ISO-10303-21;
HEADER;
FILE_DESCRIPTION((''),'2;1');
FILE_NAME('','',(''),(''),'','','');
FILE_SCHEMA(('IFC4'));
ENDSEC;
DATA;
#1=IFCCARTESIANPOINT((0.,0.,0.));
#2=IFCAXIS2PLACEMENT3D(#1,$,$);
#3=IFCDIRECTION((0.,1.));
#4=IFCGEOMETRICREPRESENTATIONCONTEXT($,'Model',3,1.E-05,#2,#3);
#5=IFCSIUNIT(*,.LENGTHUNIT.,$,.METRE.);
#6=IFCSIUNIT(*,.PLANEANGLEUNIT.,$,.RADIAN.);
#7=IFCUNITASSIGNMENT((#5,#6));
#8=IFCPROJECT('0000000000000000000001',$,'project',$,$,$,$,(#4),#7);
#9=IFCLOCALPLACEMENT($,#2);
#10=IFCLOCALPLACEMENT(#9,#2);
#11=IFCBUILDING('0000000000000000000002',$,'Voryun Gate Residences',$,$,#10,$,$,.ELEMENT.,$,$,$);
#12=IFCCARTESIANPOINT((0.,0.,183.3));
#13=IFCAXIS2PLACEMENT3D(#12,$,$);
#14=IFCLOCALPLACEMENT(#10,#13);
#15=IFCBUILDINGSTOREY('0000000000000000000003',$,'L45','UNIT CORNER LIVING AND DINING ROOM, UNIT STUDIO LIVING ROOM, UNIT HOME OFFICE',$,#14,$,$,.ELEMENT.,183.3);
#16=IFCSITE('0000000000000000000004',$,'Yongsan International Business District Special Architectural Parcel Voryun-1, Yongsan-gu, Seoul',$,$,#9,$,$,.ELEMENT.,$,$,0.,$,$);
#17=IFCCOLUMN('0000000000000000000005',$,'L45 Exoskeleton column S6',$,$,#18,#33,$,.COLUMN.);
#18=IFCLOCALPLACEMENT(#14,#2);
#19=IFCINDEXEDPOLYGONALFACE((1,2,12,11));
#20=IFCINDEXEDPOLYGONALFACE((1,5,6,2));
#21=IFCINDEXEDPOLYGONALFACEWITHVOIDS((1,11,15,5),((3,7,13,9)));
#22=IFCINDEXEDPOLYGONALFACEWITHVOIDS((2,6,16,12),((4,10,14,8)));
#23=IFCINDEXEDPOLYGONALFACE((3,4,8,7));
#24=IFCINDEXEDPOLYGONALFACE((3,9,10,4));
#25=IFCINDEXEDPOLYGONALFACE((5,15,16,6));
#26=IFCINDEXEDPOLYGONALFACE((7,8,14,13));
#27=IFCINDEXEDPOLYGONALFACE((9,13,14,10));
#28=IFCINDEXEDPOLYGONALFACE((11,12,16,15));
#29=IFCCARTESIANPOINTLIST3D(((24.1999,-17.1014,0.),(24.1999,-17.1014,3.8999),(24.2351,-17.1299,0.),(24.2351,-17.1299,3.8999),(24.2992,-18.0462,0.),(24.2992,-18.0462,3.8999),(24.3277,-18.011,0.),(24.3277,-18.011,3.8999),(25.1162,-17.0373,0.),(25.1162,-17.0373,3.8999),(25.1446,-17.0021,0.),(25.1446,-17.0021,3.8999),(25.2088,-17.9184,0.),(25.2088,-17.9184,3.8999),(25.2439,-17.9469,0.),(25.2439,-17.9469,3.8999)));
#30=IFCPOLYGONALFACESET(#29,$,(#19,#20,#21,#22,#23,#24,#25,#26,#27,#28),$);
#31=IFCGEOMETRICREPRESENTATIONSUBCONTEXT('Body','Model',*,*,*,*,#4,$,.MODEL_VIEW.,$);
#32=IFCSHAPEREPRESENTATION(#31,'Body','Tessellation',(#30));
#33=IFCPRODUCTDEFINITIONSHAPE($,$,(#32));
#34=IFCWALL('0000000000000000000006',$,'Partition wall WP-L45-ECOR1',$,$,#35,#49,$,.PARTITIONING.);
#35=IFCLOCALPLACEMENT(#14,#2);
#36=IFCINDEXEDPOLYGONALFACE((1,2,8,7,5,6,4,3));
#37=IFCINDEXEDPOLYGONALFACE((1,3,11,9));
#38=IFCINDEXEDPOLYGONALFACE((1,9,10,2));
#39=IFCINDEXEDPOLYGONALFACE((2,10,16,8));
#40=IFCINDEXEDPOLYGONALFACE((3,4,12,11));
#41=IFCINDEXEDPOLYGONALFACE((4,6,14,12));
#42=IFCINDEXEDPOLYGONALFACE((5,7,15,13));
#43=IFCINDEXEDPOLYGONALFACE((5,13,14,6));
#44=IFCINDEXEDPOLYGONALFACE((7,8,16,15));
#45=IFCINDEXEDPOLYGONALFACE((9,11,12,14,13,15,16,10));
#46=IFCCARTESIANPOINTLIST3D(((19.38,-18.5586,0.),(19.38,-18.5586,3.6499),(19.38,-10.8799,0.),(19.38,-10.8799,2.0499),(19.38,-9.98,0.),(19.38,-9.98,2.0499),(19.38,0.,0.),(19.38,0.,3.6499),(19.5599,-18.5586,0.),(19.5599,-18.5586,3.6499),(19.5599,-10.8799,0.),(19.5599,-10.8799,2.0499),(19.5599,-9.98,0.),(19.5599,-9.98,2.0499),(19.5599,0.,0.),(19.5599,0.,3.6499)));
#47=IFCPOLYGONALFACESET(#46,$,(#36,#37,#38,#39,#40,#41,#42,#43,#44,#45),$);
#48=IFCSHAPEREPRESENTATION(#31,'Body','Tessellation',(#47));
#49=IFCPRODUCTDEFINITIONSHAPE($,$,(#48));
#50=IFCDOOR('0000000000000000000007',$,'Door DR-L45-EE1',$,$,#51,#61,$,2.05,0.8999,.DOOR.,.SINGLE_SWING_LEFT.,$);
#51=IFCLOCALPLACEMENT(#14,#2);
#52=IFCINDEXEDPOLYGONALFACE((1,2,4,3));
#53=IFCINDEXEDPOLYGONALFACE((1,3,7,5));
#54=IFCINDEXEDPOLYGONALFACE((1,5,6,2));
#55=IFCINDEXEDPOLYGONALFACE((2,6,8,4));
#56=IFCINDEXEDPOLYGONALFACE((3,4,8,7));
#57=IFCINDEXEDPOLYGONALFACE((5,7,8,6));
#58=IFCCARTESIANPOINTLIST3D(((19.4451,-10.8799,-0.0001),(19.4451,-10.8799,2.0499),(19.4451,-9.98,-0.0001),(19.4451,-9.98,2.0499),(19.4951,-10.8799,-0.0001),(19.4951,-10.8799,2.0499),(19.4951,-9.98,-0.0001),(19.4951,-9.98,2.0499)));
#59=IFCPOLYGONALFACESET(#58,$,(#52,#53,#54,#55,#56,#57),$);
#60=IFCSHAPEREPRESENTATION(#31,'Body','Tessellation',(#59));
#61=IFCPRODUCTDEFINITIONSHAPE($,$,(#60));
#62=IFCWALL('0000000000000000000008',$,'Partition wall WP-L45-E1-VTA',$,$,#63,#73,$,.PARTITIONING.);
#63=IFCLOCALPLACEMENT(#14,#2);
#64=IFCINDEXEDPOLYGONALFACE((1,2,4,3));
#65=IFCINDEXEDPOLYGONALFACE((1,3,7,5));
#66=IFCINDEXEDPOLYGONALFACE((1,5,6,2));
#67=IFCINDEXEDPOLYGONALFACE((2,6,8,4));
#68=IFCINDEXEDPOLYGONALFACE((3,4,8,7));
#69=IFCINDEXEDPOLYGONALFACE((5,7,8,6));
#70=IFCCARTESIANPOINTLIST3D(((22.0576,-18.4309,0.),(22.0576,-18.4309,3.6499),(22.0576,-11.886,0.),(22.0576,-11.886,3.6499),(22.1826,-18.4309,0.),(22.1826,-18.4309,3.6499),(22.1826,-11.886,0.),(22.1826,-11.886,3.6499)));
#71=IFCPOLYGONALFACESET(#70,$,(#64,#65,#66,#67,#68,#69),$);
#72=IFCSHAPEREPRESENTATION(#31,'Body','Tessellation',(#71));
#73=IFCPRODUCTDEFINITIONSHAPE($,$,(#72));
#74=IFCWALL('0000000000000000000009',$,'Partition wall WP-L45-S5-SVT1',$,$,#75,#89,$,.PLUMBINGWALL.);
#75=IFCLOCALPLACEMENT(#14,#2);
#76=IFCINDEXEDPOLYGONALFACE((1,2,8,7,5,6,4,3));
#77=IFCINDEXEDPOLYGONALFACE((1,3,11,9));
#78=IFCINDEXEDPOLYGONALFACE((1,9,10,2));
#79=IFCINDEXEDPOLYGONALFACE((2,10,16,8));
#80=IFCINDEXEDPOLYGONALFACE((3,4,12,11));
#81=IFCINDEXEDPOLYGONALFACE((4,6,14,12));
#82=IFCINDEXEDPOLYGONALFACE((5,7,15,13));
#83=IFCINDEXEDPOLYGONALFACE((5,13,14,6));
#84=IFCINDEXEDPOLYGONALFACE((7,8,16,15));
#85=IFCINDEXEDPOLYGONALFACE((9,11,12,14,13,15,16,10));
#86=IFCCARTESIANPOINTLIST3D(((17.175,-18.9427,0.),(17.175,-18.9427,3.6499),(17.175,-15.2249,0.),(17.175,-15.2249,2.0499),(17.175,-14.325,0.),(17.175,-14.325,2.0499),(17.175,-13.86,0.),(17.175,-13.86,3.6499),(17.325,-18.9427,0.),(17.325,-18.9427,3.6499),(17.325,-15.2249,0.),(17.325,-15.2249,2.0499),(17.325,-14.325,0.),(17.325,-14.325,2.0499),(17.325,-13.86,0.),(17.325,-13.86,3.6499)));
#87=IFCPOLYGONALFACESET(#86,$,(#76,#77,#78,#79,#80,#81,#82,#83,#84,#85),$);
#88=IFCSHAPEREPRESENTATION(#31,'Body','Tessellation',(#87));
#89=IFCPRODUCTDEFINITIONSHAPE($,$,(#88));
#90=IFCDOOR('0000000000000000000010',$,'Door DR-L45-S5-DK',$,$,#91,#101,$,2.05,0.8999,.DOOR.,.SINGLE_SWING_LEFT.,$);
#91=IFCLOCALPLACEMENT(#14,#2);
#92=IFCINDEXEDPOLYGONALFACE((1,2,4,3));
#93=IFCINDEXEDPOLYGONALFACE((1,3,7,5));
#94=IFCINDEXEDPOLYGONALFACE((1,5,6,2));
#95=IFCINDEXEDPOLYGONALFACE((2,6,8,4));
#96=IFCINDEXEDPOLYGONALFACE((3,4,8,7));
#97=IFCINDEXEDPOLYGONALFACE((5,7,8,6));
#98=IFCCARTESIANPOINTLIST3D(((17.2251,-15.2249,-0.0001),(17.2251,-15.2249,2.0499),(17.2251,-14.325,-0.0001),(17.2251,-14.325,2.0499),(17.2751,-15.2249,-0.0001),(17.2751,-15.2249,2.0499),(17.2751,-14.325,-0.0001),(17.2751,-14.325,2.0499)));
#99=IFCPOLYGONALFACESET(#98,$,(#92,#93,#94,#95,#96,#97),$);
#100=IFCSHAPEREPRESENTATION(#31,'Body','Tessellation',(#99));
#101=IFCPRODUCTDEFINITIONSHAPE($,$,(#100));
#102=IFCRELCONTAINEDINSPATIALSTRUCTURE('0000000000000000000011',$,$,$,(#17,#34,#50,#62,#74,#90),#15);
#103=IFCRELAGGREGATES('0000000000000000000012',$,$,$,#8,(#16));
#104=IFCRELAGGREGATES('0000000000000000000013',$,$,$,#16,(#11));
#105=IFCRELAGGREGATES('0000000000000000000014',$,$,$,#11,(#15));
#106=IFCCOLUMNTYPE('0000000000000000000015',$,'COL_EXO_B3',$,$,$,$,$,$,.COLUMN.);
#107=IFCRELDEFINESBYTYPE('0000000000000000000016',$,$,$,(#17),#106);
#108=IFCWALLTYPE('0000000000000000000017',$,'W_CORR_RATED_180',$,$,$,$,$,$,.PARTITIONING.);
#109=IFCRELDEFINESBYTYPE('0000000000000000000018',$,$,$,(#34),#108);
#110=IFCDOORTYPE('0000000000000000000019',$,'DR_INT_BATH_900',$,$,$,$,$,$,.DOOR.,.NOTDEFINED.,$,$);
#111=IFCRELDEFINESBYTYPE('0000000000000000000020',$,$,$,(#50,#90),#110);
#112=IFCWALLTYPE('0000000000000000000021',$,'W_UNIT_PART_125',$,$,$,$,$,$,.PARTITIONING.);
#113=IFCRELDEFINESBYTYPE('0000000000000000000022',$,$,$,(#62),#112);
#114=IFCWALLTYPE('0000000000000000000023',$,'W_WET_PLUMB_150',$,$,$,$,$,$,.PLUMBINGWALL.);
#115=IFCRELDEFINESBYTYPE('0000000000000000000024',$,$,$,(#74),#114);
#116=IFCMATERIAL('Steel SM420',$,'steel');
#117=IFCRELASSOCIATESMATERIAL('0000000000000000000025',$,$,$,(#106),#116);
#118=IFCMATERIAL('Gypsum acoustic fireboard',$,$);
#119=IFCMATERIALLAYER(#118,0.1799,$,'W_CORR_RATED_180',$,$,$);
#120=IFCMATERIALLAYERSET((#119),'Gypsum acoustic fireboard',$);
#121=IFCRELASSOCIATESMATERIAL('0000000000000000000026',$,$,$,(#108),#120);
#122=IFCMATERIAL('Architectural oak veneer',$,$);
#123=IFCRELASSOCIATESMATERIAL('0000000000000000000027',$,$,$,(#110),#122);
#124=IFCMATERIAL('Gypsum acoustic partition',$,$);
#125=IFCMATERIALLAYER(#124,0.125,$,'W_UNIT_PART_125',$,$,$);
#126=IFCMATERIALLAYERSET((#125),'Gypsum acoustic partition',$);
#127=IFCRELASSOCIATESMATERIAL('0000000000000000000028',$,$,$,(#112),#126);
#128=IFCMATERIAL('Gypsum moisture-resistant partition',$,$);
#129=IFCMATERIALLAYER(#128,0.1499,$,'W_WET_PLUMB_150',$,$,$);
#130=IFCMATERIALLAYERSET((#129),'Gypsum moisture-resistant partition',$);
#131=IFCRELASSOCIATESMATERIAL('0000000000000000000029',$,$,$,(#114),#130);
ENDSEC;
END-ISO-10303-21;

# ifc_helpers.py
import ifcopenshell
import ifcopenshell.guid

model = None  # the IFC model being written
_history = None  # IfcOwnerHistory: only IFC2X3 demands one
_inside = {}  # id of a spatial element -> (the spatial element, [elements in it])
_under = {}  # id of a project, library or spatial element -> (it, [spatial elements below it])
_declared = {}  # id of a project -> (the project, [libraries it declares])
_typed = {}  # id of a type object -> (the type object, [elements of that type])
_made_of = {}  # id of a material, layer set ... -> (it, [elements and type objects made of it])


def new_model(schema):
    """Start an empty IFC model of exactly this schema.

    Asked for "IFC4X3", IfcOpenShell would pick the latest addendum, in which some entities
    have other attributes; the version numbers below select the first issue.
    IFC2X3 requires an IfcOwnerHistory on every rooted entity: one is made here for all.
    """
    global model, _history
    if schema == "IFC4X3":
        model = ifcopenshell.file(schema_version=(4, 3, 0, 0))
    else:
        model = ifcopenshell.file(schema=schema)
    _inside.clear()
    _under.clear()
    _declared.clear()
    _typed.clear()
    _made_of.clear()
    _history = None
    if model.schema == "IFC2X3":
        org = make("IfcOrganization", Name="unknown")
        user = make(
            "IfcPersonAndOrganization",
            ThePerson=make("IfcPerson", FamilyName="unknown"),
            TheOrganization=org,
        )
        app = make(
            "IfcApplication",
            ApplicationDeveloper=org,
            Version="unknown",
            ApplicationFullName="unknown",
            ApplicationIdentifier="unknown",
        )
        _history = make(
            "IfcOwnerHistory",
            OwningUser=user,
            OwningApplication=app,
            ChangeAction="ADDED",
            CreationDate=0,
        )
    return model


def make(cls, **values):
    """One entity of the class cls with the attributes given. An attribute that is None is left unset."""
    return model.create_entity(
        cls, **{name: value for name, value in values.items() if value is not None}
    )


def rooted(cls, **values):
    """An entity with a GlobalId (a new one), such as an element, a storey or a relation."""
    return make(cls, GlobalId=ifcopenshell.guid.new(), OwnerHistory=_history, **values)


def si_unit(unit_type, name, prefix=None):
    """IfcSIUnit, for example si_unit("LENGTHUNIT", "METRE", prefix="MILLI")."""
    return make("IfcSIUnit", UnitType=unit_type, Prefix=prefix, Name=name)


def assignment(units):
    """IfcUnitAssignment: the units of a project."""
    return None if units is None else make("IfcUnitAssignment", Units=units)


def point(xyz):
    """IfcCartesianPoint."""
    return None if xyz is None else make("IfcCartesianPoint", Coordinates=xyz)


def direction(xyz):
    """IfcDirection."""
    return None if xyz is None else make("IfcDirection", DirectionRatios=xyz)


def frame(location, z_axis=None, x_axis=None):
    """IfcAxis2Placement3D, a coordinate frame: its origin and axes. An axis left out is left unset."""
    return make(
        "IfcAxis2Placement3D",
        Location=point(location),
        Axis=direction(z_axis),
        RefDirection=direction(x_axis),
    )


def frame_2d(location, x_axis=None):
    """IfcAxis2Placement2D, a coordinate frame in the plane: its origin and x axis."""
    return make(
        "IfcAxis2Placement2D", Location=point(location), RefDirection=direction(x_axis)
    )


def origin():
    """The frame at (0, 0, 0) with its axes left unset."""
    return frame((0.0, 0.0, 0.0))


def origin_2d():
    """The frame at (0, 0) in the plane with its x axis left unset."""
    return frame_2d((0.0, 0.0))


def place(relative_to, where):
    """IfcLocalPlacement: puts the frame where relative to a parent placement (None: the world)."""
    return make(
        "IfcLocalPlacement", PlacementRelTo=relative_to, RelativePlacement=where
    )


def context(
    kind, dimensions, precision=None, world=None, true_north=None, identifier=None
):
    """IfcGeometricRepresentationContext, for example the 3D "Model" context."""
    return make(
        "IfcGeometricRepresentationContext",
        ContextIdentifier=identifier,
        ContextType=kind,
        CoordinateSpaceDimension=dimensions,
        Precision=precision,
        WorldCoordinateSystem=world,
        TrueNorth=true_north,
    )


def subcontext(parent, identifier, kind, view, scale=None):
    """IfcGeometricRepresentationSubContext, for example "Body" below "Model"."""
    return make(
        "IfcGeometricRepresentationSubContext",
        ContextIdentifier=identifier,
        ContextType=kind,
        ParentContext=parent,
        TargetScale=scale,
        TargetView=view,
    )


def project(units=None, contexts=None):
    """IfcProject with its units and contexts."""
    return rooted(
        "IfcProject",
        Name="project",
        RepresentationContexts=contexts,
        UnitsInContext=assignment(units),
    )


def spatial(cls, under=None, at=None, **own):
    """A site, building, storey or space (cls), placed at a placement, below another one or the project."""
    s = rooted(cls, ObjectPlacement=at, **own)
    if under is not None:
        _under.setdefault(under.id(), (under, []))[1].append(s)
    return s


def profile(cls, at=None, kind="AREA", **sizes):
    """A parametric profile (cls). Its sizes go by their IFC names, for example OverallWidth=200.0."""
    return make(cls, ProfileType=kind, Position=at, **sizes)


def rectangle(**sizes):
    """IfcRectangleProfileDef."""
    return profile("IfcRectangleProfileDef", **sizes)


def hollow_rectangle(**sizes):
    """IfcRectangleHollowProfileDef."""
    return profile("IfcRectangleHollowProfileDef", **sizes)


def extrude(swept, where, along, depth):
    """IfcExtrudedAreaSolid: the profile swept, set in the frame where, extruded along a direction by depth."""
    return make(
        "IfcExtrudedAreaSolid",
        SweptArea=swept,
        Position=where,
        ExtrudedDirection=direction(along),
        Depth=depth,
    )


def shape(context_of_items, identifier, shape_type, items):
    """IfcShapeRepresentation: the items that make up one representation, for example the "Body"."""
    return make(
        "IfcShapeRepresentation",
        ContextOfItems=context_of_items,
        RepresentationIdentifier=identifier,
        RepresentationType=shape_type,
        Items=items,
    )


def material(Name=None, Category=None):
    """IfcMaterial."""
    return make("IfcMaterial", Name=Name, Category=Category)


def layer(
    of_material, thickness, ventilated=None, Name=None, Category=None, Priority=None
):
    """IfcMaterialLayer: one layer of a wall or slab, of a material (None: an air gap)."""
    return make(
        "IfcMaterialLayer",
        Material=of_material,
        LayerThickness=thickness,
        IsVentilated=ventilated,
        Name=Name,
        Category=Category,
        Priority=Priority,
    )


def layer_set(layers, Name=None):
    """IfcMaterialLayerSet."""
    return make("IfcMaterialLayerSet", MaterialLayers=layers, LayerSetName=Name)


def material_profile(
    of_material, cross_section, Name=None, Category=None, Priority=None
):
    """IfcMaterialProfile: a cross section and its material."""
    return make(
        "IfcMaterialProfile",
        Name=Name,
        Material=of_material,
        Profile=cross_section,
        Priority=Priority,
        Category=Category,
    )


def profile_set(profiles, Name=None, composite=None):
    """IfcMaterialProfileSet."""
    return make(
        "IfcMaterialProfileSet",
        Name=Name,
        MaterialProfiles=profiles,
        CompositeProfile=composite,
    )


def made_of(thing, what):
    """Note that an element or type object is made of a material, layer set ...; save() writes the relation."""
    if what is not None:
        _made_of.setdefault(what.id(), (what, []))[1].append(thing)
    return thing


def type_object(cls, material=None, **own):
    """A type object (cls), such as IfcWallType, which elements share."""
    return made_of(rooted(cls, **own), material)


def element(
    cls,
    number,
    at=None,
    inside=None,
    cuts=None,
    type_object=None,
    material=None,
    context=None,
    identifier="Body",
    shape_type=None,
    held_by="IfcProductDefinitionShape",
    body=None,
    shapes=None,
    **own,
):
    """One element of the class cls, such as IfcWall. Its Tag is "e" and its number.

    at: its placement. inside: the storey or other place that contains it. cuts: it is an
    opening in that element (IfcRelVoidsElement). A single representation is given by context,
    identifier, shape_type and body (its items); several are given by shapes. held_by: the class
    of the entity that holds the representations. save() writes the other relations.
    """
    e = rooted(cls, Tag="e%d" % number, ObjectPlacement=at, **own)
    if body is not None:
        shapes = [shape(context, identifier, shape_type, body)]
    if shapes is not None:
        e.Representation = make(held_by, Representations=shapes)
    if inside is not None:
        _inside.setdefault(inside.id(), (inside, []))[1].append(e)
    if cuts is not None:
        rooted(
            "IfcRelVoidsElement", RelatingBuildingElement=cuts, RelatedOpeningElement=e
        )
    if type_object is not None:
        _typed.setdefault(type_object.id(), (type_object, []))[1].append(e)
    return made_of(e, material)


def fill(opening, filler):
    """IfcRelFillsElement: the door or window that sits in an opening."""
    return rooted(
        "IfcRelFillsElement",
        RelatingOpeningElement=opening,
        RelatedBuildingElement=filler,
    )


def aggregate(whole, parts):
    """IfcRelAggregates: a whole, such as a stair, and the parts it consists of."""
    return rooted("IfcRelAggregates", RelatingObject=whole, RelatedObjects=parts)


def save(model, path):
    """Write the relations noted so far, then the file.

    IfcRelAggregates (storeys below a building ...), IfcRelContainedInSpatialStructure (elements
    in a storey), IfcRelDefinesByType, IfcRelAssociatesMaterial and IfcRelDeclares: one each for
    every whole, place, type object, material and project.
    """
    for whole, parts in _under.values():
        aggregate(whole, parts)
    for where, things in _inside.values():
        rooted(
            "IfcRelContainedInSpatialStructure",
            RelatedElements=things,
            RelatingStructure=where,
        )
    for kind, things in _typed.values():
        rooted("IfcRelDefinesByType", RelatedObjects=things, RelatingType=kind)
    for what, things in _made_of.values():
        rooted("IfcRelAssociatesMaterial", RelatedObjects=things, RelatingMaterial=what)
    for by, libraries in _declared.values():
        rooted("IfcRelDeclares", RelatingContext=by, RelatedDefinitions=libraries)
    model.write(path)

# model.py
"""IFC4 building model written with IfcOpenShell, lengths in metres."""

from ifc_helpers import new_model, si_unit, direction, frame, frame_2d, origin, origin_2d, place, context, subcontext, project, spatial, rectangle, hollow_rectangle, extrude, material, layer, layer_set, material_profile, profile_set, type_object, element, fill, save


model = new_model("IFC4")

# Units and contexts
model_context = context("Model", 3, precision=1e-05, world=origin(), true_north=direction((0.0, 1.0)))
body_context = subcontext(model_context, "Body", "Model", "MODEL_VIEW")
ifc_project = project(units=[si_unit("LENGTHUNIT", "METRE"), si_unit("PLANEANGLEUNIT", "RADIAN")], contexts=[model_context])

# Site, building, storey
site_placement = place(None, origin())
site = spatial("IfcSite", under=ifc_project, at=site_placement, Name="Yongsan International Business District Special Architectural Parcel Voryun-1, Yongsan-gu, Seoul", CompositionType="ELEMENT", RefElevation=0.0)
building_placement = place(site_placement, origin())
building = spatial("IfcBuilding", under=site, at=building_placement, Name="Voryun Gate Residences", CompositionType="ELEMENT")
storey_placement = place(building_placement, frame((0.0, 0.0, 183.3)))
storey = spatial("IfcBuildingStorey", under=building, at=storey_placement, Name="L45", Description="UNIT CORNER LIVING AND DINING ROOM, UNIT STUDIO LIVING ROOM, UNIT HOME OFFICE", CompositionType="ELEMENT", Elevation=183.3)

# Column
ifc_material_1 = material(Name="Steel SM420", Category="steel")
ifc_material_profile = material_profile(ifc_material_1, hollow_rectangle(XDim=0.95, YDim=0.95, WallThickness=0.032, at=origin_2d()), Name="BOX-950x950x32")
ifc_profile_set = profile_set([ifc_material_profile], Name="Steel SM420")
column_type = type_object("IfcColumnType", Name="COL_EXO_B3", PredefinedType="COLUMN", material=ifc_profile_set)
column_placement = place(storey_placement, frame((24.7219, -17.5242, 0.0), z_axis=(0.0, 0.0, 1.0), x_axis=(0.994522, 0.104528, 0.0)))
element("IfcColumn", 1, at=column_placement, inside=storey, type_object=column_type, Name="L45 Exoskeleton column S6", PredefinedType="COLUMN", context=body_context, shape_type="SweptSolid", body=[
    extrude(hollow_rectangle(XDim=0.95, YDim=0.95, WallThickness=0.032, at=origin_2d()), origin(), (0.0, 0.0, 1.0), 3.8999),
])

# Wall, opening, door
ifc_material_2 = material(Name="Gypsum acoustic fireboard")
ifc_layer_1 = layer(ifc_material_2, 0.1799, Name="W_CORR_RATED_180")
ifc_layer_set_1 = layer_set([ifc_layer_1], Name="Gypsum acoustic fireboard")
wall_type_1 = type_object("IfcWallType", Name="W_CORR_RATED_180", PredefinedType="PARTITIONING", material=ifc_layer_set_1)
wall_1_placement = place(storey_placement, frame((19.47, -18.5586, 0.0), z_axis=(0.0, 0.0, 1.0), x_axis=(0.0, 1.0, 0.0)))
wall_1 = element("IfcWall", 2, at=wall_1_placement, inside=storey, type_object=wall_type_1, Name="Partition wall WP-L45-ECOR1", PredefinedType="PARTITIONING", context=body_context, shape_type="SweptSolid", body=[
    extrude(rectangle(XDim=18.5586, YDim=0.1799, at=frame_2d((9.2793, 0.0))), origin(), (0.0, 0.0, 1.0), 3.6499),
])
opening_1_placement = place(wall_1_placement, frame((7.6787, 0.0, 0.0)))
opening_1 = element("IfcOpeningElement", 3, at=opening_1_placement, cuts=wall_1, PredefinedType="OPENING", context=body_context, shape_type="SweptSolid", body=[
    extrude(rectangle(XDim=0.8999, YDim=2.05, at=frame_2d((0.45, 1.0249))), frame((0.0, 0.0999, 0.0), z_axis=(0.0, -1.0, 0.0), x_axis=(1.0, 0.0, 0.0)), (0.0, 0.0, 1.0), 0.2),
])
ifc_material_3 = material(Name="Architectural oak veneer")
door_type = type_object("IfcDoorType", Name="DR_INT_BATH_900", OperationType="NOTDEFINED", PredefinedType="DOOR", material=ifc_material_3)
door_1_placement = place(opening_1_placement, origin())
door_1 = element("IfcDoor", 4, at=door_1_placement, inside=storey, type_object=door_type, Name="Door DR-L45-EE1", OperationType="SINGLE_SWING_LEFT", OverallHeight=2.05, OverallWidth=0.8999, PredefinedType="DOOR", context=body_context, shape_type="SweptSolid", body=[
    extrude(rectangle(XDim=0.8999, YDim=2.05, at=frame_2d((0.45, 1.0249))), frame((0.0, 0.0249, 0.0), z_axis=(0.0, -1.0, 0.0), x_axis=(1.0, 0.0, 0.0)), (0.0, 0.0, 1.0), 0.05),
])
fill(opening_1, door_1)

# Wall
ifc_material_4 = material(Name="Gypsum acoustic partition")
ifc_layer_2 = layer(ifc_material_4, 0.125, Name="W_UNIT_PART_125")
ifc_layer_set_2 = layer_set([ifc_layer_2], Name="Gypsum acoustic partition")
wall_type_2 = type_object("IfcWallType", Name="W_UNIT_PART_125", PredefinedType="PARTITIONING", material=ifc_layer_set_2)
wall_2_placement = place(storey_placement, frame((22.1201, -18.4309, 0.0), z_axis=(0.0, 0.0, 1.0), x_axis=(0.0, 1.0, 0.0)))
element("IfcWall", 5, at=wall_2_placement, inside=storey, type_object=wall_type_2, Name="Partition wall WP-L45-E1-VTA", PredefinedType="PARTITIONING", context=body_context, shape_type="SweptSolid", body=[
    extrude(rectangle(XDim=6.5449, YDim=0.125, at=frame_2d((3.2725, 0.0))), origin(), (0.0, 0.0, 1.0), 3.6499),
])

# Wall, opening, door
ifc_material_5 = material(Name="Gypsum moisture-resistant partition")
ifc_layer_3 = layer(ifc_material_5, 0.1499, Name="W_WET_PLUMB_150")
ifc_layer_set_3 = layer_set([ifc_layer_3], Name="Gypsum moisture-resistant partition")
wall_type_3 = type_object("IfcWallType", Name="W_WET_PLUMB_150", PredefinedType="PLUMBINGWALL", material=ifc_layer_set_3)
wall_3_placement = place(storey_placement, frame((17.25, -18.9429, 0.0), z_axis=(0.0, 0.0, 1.0), x_axis=(0.0, 1.0, 0.0)))
wall_3 = element("IfcWall", 6, at=wall_3_placement, inside=storey, type_object=wall_type_3, Name="Partition wall WP-L45-S5-SVT1", PredefinedType="PLUMBINGWALL", context=body_context, shape_type="SweptSolid", body=[
    extrude(rectangle(XDim=5.0828, YDim=0.1499, at=frame_2d((2.5415, 0.0))), origin(), (0.0, 0.0, 1.0), 3.6499),
])
opening_2_placement = place(wall_3_placement, frame((3.718, 0.0, 0.0)))
opening_2 = element("IfcOpeningElement", 7, at=opening_2_placement, cuts=wall_3, PredefinedType="OPENING", context=body_context, shape_type="SweptSolid", body=[
    extrude(rectangle(XDim=0.8999, YDim=2.05, at=frame_2d((0.45, 1.0249))), frame((0.0, 0.085, 0.0), z_axis=(0.0, -1.0, 0.0), x_axis=(1.0, 0.0, 0.0)), (0.0, 0.0, 1.0), 0.1699),
])
door_2_placement = place(opening_2_placement, origin())
door_2 = element("IfcDoor", 8, at=door_2_placement, inside=storey, type_object=door_type, Name="Door DR-L45-S5-DK", OperationType="SINGLE_SWING_LEFT", OverallHeight=2.05, OverallWidth=0.8999, PredefinedType="DOOR", context=body_context, shape_type="SweptSolid", body=[
    extrude(rectangle(XDim=0.8999, YDim=2.05, at=frame_2d((0.45, 1.0249))), frame((0.0, 0.0249, 0.0), z_axis=(0.0, -1.0, 0.0), x_axis=(1.0, 0.0, 0.0)), (0.0, 0.0, 1.0), 0.05),
])
fill(opening_2, door_2)

save(model, "model.ifc")
